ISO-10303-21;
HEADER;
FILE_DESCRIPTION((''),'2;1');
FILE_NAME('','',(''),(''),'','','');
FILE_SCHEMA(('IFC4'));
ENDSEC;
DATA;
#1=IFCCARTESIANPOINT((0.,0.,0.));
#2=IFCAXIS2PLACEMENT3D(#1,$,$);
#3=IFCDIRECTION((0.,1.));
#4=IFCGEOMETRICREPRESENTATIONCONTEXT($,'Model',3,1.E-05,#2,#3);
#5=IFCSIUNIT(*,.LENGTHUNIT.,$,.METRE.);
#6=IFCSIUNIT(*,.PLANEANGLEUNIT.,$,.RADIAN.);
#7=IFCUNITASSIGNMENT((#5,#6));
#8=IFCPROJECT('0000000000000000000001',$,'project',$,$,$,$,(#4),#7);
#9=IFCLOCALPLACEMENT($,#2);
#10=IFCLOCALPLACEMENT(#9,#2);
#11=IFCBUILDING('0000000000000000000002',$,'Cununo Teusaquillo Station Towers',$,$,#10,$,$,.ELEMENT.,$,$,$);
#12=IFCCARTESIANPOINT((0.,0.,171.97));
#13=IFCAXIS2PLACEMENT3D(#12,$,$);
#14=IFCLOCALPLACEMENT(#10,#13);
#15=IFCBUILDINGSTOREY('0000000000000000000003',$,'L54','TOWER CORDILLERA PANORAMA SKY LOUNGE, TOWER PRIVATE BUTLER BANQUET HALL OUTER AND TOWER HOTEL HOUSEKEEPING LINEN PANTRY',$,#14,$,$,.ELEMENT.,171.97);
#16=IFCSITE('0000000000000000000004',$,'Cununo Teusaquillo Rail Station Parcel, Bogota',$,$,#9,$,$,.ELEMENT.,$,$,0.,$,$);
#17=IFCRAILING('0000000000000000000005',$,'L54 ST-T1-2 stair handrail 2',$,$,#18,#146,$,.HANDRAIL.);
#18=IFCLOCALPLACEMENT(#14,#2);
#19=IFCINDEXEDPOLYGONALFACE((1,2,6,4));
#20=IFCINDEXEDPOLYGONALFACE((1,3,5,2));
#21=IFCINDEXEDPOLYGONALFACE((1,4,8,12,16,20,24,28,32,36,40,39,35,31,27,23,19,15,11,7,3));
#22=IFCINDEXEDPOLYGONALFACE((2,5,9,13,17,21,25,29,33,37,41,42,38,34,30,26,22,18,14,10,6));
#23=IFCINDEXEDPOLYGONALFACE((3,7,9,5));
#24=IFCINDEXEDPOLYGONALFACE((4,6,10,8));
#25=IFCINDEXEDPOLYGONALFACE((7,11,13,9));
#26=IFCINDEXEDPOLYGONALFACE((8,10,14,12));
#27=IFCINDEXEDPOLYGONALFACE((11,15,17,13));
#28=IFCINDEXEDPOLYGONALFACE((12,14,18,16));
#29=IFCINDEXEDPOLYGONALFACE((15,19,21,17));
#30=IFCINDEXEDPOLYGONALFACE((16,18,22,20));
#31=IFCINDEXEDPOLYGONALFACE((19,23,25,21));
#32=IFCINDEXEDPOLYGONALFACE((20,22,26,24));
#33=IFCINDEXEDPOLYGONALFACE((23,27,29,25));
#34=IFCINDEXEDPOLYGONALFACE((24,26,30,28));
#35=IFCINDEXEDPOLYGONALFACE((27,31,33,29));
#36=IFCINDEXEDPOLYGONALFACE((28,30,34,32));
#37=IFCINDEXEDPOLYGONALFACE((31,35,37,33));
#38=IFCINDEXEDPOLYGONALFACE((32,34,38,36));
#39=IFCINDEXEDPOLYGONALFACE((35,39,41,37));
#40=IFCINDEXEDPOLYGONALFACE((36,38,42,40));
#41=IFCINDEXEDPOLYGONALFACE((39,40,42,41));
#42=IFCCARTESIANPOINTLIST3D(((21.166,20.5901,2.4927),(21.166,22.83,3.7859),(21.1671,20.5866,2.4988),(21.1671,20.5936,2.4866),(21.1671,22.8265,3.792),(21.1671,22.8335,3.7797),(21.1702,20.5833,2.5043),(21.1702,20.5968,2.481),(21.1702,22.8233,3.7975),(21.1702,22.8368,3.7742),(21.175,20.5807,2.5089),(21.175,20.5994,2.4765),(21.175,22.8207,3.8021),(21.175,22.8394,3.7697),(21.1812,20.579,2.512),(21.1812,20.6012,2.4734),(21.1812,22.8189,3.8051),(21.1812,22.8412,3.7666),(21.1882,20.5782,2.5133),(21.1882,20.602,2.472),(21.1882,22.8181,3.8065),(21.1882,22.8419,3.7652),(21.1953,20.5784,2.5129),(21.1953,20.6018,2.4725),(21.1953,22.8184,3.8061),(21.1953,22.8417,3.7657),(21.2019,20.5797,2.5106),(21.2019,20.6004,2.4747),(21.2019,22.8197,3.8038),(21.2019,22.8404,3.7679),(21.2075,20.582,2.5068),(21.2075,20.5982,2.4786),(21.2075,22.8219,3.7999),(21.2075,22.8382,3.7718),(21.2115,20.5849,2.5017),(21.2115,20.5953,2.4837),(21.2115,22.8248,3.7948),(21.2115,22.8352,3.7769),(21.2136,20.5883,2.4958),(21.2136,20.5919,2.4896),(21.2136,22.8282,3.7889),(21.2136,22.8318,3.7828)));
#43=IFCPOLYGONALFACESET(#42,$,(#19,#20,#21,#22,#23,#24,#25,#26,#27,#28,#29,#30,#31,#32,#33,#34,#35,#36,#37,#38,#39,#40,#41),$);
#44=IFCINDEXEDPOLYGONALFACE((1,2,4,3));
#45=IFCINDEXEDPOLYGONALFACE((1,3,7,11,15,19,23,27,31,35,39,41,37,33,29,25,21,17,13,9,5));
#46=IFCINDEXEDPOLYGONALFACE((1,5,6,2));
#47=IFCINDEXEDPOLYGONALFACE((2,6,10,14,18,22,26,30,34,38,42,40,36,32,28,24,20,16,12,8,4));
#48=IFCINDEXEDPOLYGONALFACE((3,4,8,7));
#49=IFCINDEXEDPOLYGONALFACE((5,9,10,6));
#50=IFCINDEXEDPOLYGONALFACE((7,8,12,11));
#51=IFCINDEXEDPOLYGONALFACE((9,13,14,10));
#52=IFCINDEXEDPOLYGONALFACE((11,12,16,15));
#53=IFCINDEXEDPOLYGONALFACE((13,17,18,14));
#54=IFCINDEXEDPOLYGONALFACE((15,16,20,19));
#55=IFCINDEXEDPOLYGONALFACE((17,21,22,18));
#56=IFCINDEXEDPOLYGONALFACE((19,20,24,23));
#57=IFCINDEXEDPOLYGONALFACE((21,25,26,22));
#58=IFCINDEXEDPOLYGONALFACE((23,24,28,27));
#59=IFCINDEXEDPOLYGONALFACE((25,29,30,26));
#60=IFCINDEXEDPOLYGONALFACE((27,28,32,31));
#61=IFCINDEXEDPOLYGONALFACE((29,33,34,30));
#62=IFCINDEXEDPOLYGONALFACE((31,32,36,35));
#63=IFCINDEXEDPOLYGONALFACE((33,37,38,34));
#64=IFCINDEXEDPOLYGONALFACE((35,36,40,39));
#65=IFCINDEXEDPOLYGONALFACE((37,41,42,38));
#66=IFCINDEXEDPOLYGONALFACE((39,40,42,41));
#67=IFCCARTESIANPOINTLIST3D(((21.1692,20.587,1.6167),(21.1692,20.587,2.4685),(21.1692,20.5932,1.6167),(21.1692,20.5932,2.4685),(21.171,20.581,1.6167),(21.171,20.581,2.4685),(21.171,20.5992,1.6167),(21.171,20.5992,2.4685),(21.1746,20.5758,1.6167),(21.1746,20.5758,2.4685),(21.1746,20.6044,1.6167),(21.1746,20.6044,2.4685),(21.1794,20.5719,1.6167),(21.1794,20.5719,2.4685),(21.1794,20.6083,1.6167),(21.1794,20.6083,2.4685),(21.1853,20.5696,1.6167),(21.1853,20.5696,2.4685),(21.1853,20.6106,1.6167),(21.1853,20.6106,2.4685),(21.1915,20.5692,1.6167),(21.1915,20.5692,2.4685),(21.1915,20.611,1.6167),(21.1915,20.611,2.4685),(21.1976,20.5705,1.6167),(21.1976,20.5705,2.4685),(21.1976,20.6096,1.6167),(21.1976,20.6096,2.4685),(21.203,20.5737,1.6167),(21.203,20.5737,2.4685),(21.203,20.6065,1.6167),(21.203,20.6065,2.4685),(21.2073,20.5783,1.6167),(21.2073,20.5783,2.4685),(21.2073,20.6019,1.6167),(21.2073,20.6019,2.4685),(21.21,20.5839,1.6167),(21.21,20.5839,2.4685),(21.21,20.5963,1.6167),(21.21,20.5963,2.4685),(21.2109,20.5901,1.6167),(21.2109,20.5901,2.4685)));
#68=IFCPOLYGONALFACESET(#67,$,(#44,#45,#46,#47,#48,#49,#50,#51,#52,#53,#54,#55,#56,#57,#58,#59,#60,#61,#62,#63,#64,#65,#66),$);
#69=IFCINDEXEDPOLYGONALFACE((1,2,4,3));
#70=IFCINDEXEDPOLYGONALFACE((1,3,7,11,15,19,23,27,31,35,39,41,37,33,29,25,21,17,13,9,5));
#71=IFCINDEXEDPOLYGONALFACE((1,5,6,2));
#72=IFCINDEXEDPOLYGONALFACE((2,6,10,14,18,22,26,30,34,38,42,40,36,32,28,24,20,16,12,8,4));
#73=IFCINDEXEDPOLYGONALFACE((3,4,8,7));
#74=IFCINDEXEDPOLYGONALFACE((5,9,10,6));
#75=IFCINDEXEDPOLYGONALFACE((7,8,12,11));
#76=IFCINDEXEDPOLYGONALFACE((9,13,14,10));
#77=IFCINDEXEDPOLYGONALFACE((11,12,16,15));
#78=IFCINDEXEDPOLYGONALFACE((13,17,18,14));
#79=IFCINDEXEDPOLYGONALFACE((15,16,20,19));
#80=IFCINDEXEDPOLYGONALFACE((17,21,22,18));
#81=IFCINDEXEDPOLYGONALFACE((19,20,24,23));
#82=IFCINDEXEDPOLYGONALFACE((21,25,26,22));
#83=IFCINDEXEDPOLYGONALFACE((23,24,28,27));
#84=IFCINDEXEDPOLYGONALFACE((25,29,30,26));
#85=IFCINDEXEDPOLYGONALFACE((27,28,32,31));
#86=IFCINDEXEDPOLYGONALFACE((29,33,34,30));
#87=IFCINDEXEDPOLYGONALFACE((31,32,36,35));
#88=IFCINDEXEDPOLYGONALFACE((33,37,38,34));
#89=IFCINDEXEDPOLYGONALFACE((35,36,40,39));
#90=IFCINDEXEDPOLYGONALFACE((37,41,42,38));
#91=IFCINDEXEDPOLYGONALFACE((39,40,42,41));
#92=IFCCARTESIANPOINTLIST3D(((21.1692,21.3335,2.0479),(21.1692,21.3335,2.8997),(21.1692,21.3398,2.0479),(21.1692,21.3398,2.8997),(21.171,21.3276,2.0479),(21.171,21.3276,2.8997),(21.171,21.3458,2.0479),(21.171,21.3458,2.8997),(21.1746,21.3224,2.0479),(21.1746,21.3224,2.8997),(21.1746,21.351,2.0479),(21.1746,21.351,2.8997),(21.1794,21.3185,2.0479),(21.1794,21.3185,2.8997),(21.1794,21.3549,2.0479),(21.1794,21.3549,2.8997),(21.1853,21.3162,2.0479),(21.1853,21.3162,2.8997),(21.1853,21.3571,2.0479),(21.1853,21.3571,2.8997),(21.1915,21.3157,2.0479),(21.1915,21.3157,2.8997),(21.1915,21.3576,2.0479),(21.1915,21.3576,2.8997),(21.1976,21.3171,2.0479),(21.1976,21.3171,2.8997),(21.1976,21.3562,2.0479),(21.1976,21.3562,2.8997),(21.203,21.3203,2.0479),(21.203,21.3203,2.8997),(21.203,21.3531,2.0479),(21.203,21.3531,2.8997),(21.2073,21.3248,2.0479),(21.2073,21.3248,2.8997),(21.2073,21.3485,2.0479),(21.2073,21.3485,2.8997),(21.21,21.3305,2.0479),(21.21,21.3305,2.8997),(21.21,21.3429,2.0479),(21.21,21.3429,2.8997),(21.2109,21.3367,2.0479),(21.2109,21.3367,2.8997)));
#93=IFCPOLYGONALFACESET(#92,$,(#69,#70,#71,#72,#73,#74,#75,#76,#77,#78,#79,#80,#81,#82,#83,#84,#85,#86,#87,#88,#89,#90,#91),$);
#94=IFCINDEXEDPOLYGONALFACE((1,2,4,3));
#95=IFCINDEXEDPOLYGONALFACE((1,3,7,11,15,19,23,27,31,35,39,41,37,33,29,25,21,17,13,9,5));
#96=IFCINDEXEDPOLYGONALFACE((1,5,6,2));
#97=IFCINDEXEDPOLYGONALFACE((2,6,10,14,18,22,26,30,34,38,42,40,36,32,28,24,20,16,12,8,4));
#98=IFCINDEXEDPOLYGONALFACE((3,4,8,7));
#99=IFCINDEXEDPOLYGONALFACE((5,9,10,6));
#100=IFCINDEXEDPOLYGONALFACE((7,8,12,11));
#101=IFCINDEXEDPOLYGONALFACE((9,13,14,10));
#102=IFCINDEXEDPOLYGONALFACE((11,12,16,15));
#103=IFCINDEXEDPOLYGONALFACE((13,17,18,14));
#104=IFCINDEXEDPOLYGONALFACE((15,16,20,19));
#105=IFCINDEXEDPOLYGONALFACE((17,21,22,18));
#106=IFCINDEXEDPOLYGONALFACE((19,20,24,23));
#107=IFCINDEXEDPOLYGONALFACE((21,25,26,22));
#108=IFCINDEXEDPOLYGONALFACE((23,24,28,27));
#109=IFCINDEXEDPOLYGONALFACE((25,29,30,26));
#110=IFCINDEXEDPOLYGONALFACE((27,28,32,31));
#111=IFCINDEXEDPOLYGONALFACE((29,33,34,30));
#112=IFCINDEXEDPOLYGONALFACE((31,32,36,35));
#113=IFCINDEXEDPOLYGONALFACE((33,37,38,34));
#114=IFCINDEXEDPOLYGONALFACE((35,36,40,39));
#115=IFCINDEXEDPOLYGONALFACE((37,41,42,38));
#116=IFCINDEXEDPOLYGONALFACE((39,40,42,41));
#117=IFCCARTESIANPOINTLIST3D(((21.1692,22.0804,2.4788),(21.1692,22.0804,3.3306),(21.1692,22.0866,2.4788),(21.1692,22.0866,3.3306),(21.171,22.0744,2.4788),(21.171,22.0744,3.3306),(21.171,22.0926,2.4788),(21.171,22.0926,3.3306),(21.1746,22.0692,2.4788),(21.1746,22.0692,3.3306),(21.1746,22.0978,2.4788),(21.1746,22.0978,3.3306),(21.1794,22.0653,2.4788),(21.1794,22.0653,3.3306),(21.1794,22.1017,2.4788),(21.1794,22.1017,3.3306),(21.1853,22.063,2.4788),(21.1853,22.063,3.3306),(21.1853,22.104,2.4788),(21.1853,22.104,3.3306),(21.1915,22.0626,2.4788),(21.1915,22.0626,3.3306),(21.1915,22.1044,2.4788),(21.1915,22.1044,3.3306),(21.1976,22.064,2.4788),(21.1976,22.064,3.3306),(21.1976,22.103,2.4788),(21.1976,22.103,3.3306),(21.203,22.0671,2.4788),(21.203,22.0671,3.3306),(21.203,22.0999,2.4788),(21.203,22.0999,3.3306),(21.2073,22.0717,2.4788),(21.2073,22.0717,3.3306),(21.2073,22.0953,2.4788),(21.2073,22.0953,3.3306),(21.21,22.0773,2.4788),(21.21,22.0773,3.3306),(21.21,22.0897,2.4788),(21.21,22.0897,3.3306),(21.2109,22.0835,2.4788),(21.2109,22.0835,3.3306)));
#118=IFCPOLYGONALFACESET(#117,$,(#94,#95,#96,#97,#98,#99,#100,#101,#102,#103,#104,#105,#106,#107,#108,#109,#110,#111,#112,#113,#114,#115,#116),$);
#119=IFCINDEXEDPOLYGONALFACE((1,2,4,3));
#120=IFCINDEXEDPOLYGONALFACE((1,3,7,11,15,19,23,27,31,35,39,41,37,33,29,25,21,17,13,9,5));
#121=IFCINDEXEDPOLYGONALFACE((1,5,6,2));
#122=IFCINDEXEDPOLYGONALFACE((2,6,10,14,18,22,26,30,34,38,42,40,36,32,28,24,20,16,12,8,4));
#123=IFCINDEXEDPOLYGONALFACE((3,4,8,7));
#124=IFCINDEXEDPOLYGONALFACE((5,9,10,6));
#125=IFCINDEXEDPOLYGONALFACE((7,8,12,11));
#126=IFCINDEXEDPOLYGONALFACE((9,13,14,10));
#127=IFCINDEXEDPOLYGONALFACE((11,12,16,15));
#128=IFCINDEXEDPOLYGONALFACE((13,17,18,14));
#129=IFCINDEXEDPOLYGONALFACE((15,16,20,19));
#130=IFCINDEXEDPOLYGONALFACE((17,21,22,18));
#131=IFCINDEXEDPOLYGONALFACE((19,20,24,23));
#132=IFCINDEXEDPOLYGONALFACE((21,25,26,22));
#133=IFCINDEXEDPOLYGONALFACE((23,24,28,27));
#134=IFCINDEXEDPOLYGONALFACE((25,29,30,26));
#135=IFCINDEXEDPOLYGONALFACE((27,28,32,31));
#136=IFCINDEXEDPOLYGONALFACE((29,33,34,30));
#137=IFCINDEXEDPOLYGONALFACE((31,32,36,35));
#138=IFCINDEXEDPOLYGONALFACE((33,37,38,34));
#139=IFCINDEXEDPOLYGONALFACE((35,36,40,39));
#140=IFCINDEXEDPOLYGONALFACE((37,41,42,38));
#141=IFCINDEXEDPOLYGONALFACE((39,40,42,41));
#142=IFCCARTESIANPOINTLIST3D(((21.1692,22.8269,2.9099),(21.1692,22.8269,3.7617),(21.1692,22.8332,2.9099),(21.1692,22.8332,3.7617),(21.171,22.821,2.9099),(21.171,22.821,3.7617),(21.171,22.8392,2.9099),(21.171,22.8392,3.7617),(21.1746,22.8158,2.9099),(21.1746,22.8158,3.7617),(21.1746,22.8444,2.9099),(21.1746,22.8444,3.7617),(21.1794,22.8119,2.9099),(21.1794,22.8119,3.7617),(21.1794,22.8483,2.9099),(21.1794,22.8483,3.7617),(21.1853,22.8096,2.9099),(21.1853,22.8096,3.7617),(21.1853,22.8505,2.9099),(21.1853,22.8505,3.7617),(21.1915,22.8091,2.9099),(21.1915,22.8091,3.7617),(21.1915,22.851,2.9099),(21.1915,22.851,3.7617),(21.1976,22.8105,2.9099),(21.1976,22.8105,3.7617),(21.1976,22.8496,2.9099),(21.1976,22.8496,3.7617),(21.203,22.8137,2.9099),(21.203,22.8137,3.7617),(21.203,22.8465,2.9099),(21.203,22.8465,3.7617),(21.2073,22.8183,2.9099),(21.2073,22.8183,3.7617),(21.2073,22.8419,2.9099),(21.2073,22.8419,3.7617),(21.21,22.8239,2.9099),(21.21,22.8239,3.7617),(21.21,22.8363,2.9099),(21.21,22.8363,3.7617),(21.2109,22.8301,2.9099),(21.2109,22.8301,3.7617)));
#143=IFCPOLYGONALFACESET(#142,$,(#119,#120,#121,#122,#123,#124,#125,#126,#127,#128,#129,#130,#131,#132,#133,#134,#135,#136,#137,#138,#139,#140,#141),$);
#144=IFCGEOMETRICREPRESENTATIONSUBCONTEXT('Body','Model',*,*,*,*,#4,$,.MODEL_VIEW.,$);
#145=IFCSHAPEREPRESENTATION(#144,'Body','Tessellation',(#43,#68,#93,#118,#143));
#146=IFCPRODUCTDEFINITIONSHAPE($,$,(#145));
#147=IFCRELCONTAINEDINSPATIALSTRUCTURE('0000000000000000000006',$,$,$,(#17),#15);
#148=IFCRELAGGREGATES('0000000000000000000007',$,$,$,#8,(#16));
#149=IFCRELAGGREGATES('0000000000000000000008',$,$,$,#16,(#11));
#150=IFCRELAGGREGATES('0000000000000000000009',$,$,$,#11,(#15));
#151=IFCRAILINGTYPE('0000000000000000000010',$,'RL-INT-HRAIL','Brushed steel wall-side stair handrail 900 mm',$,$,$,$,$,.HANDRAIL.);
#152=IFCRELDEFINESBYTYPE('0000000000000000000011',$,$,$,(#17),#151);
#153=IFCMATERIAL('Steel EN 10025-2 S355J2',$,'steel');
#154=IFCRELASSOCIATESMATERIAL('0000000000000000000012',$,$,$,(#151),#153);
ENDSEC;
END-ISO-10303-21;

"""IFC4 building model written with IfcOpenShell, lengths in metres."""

from ifc_helpers import new_model, si_unit, direction, frame, origin, origin_2d, place, context, subcontext, project, spatial, circle, extrude, material, type_object, element, save


model = new_model("IFC4")

# Units and contexts
model_context = context("Model", 3, precision=1e-05, world=origin(), true_north=direction((0.0, 1.0)))
body_context = subcontext(model_context, "Body", "Model", "MODEL_VIEW")
ifc_project = project(units=[si_unit("LENGTHUNIT", "METRE"), si_unit("PLANEANGLEUNIT", "RADIAN")], contexts=[model_context])

# Site, building, storey
site_placement = place(None, origin())
site = spatial("IfcSite", under=ifc_project, at=site_placement, Name="Cununo Teusaquillo Rail Station Parcel, Bogota", CompositionType="ELEMENT", RefElevation=0.0)
building_placement = place(site_placement, origin())
building = spatial("IfcBuilding", under=site, at=building_placement, Name="Cununo Teusaquillo Station Towers", CompositionType="ELEMENT")
storey_placement = place(building_placement, frame((0.0, 0.0, 171.97)))
storey = spatial("IfcBuildingStorey", under=building, at=storey_placement, Name="L54", Description="TOWER CORDILLERA PANORAMA SKY LOUNGE, TOWER PRIVATE BUTLER BANQUET HALL OUTER AND TOWER HOTEL HOUSEKEEPING LINEN PANTRY", CompositionType="ELEMENT", Elevation=171.97)

# Railing
ifc_material_1 = material(Name="Steel EN 10025-2 S355J2", Category="steel")
railing_type_1 = type_object("IfcRailingType", Name="RL-INT-HRAIL", Description="Brushed steel wall-side stair handrail 900 mm", PredefinedType="HANDRAIL", material=ifc_material_1)
railing_1_placement = place(storey_placement, frame((21.1899, 20.5901, 1.6167)))
element("IfcRailing", 1, at=railing_1_placement, inside=storey, type_object=railing_type_1, Name="L54 ST-T1-2 stair handrail 2", PredefinedType="HANDRAIL", context=body_context, shape_type="SweptSolid", body=[
    extrude(circle(Radius=0.0239, at=origin_2d()), frame((0.0, 0.0, 0.876), z_axis=(0.0, 0.866033, 0.499987), x_axis=(-1.0, 0.0, 0.0)), (0.0, 0.0, 1.0), 2.5864),
    extrude(circle(Radius=0.021, at=origin_2d()), origin(), (0.0, 0.0, 1.0), 0.8518),
    extrude(circle(Radius=0.021, at=origin_2d()), frame((0.0, 0.7466, 0.4312)), (0.0, 0.0, 1.0), 0.8518),
    extrude(circle(Radius=0.021, at=origin_2d()), frame((0.0, 1.4934, 0.8621)), (0.0, 0.0, 1.0), 0.8518),
    extrude(circle(Radius=0.021, at=origin_2d()), frame((0.0, 2.24, 1.2932)), (0.0, 0.0, 1.0), 0.8518),
])

save(model, "model.ifc")
